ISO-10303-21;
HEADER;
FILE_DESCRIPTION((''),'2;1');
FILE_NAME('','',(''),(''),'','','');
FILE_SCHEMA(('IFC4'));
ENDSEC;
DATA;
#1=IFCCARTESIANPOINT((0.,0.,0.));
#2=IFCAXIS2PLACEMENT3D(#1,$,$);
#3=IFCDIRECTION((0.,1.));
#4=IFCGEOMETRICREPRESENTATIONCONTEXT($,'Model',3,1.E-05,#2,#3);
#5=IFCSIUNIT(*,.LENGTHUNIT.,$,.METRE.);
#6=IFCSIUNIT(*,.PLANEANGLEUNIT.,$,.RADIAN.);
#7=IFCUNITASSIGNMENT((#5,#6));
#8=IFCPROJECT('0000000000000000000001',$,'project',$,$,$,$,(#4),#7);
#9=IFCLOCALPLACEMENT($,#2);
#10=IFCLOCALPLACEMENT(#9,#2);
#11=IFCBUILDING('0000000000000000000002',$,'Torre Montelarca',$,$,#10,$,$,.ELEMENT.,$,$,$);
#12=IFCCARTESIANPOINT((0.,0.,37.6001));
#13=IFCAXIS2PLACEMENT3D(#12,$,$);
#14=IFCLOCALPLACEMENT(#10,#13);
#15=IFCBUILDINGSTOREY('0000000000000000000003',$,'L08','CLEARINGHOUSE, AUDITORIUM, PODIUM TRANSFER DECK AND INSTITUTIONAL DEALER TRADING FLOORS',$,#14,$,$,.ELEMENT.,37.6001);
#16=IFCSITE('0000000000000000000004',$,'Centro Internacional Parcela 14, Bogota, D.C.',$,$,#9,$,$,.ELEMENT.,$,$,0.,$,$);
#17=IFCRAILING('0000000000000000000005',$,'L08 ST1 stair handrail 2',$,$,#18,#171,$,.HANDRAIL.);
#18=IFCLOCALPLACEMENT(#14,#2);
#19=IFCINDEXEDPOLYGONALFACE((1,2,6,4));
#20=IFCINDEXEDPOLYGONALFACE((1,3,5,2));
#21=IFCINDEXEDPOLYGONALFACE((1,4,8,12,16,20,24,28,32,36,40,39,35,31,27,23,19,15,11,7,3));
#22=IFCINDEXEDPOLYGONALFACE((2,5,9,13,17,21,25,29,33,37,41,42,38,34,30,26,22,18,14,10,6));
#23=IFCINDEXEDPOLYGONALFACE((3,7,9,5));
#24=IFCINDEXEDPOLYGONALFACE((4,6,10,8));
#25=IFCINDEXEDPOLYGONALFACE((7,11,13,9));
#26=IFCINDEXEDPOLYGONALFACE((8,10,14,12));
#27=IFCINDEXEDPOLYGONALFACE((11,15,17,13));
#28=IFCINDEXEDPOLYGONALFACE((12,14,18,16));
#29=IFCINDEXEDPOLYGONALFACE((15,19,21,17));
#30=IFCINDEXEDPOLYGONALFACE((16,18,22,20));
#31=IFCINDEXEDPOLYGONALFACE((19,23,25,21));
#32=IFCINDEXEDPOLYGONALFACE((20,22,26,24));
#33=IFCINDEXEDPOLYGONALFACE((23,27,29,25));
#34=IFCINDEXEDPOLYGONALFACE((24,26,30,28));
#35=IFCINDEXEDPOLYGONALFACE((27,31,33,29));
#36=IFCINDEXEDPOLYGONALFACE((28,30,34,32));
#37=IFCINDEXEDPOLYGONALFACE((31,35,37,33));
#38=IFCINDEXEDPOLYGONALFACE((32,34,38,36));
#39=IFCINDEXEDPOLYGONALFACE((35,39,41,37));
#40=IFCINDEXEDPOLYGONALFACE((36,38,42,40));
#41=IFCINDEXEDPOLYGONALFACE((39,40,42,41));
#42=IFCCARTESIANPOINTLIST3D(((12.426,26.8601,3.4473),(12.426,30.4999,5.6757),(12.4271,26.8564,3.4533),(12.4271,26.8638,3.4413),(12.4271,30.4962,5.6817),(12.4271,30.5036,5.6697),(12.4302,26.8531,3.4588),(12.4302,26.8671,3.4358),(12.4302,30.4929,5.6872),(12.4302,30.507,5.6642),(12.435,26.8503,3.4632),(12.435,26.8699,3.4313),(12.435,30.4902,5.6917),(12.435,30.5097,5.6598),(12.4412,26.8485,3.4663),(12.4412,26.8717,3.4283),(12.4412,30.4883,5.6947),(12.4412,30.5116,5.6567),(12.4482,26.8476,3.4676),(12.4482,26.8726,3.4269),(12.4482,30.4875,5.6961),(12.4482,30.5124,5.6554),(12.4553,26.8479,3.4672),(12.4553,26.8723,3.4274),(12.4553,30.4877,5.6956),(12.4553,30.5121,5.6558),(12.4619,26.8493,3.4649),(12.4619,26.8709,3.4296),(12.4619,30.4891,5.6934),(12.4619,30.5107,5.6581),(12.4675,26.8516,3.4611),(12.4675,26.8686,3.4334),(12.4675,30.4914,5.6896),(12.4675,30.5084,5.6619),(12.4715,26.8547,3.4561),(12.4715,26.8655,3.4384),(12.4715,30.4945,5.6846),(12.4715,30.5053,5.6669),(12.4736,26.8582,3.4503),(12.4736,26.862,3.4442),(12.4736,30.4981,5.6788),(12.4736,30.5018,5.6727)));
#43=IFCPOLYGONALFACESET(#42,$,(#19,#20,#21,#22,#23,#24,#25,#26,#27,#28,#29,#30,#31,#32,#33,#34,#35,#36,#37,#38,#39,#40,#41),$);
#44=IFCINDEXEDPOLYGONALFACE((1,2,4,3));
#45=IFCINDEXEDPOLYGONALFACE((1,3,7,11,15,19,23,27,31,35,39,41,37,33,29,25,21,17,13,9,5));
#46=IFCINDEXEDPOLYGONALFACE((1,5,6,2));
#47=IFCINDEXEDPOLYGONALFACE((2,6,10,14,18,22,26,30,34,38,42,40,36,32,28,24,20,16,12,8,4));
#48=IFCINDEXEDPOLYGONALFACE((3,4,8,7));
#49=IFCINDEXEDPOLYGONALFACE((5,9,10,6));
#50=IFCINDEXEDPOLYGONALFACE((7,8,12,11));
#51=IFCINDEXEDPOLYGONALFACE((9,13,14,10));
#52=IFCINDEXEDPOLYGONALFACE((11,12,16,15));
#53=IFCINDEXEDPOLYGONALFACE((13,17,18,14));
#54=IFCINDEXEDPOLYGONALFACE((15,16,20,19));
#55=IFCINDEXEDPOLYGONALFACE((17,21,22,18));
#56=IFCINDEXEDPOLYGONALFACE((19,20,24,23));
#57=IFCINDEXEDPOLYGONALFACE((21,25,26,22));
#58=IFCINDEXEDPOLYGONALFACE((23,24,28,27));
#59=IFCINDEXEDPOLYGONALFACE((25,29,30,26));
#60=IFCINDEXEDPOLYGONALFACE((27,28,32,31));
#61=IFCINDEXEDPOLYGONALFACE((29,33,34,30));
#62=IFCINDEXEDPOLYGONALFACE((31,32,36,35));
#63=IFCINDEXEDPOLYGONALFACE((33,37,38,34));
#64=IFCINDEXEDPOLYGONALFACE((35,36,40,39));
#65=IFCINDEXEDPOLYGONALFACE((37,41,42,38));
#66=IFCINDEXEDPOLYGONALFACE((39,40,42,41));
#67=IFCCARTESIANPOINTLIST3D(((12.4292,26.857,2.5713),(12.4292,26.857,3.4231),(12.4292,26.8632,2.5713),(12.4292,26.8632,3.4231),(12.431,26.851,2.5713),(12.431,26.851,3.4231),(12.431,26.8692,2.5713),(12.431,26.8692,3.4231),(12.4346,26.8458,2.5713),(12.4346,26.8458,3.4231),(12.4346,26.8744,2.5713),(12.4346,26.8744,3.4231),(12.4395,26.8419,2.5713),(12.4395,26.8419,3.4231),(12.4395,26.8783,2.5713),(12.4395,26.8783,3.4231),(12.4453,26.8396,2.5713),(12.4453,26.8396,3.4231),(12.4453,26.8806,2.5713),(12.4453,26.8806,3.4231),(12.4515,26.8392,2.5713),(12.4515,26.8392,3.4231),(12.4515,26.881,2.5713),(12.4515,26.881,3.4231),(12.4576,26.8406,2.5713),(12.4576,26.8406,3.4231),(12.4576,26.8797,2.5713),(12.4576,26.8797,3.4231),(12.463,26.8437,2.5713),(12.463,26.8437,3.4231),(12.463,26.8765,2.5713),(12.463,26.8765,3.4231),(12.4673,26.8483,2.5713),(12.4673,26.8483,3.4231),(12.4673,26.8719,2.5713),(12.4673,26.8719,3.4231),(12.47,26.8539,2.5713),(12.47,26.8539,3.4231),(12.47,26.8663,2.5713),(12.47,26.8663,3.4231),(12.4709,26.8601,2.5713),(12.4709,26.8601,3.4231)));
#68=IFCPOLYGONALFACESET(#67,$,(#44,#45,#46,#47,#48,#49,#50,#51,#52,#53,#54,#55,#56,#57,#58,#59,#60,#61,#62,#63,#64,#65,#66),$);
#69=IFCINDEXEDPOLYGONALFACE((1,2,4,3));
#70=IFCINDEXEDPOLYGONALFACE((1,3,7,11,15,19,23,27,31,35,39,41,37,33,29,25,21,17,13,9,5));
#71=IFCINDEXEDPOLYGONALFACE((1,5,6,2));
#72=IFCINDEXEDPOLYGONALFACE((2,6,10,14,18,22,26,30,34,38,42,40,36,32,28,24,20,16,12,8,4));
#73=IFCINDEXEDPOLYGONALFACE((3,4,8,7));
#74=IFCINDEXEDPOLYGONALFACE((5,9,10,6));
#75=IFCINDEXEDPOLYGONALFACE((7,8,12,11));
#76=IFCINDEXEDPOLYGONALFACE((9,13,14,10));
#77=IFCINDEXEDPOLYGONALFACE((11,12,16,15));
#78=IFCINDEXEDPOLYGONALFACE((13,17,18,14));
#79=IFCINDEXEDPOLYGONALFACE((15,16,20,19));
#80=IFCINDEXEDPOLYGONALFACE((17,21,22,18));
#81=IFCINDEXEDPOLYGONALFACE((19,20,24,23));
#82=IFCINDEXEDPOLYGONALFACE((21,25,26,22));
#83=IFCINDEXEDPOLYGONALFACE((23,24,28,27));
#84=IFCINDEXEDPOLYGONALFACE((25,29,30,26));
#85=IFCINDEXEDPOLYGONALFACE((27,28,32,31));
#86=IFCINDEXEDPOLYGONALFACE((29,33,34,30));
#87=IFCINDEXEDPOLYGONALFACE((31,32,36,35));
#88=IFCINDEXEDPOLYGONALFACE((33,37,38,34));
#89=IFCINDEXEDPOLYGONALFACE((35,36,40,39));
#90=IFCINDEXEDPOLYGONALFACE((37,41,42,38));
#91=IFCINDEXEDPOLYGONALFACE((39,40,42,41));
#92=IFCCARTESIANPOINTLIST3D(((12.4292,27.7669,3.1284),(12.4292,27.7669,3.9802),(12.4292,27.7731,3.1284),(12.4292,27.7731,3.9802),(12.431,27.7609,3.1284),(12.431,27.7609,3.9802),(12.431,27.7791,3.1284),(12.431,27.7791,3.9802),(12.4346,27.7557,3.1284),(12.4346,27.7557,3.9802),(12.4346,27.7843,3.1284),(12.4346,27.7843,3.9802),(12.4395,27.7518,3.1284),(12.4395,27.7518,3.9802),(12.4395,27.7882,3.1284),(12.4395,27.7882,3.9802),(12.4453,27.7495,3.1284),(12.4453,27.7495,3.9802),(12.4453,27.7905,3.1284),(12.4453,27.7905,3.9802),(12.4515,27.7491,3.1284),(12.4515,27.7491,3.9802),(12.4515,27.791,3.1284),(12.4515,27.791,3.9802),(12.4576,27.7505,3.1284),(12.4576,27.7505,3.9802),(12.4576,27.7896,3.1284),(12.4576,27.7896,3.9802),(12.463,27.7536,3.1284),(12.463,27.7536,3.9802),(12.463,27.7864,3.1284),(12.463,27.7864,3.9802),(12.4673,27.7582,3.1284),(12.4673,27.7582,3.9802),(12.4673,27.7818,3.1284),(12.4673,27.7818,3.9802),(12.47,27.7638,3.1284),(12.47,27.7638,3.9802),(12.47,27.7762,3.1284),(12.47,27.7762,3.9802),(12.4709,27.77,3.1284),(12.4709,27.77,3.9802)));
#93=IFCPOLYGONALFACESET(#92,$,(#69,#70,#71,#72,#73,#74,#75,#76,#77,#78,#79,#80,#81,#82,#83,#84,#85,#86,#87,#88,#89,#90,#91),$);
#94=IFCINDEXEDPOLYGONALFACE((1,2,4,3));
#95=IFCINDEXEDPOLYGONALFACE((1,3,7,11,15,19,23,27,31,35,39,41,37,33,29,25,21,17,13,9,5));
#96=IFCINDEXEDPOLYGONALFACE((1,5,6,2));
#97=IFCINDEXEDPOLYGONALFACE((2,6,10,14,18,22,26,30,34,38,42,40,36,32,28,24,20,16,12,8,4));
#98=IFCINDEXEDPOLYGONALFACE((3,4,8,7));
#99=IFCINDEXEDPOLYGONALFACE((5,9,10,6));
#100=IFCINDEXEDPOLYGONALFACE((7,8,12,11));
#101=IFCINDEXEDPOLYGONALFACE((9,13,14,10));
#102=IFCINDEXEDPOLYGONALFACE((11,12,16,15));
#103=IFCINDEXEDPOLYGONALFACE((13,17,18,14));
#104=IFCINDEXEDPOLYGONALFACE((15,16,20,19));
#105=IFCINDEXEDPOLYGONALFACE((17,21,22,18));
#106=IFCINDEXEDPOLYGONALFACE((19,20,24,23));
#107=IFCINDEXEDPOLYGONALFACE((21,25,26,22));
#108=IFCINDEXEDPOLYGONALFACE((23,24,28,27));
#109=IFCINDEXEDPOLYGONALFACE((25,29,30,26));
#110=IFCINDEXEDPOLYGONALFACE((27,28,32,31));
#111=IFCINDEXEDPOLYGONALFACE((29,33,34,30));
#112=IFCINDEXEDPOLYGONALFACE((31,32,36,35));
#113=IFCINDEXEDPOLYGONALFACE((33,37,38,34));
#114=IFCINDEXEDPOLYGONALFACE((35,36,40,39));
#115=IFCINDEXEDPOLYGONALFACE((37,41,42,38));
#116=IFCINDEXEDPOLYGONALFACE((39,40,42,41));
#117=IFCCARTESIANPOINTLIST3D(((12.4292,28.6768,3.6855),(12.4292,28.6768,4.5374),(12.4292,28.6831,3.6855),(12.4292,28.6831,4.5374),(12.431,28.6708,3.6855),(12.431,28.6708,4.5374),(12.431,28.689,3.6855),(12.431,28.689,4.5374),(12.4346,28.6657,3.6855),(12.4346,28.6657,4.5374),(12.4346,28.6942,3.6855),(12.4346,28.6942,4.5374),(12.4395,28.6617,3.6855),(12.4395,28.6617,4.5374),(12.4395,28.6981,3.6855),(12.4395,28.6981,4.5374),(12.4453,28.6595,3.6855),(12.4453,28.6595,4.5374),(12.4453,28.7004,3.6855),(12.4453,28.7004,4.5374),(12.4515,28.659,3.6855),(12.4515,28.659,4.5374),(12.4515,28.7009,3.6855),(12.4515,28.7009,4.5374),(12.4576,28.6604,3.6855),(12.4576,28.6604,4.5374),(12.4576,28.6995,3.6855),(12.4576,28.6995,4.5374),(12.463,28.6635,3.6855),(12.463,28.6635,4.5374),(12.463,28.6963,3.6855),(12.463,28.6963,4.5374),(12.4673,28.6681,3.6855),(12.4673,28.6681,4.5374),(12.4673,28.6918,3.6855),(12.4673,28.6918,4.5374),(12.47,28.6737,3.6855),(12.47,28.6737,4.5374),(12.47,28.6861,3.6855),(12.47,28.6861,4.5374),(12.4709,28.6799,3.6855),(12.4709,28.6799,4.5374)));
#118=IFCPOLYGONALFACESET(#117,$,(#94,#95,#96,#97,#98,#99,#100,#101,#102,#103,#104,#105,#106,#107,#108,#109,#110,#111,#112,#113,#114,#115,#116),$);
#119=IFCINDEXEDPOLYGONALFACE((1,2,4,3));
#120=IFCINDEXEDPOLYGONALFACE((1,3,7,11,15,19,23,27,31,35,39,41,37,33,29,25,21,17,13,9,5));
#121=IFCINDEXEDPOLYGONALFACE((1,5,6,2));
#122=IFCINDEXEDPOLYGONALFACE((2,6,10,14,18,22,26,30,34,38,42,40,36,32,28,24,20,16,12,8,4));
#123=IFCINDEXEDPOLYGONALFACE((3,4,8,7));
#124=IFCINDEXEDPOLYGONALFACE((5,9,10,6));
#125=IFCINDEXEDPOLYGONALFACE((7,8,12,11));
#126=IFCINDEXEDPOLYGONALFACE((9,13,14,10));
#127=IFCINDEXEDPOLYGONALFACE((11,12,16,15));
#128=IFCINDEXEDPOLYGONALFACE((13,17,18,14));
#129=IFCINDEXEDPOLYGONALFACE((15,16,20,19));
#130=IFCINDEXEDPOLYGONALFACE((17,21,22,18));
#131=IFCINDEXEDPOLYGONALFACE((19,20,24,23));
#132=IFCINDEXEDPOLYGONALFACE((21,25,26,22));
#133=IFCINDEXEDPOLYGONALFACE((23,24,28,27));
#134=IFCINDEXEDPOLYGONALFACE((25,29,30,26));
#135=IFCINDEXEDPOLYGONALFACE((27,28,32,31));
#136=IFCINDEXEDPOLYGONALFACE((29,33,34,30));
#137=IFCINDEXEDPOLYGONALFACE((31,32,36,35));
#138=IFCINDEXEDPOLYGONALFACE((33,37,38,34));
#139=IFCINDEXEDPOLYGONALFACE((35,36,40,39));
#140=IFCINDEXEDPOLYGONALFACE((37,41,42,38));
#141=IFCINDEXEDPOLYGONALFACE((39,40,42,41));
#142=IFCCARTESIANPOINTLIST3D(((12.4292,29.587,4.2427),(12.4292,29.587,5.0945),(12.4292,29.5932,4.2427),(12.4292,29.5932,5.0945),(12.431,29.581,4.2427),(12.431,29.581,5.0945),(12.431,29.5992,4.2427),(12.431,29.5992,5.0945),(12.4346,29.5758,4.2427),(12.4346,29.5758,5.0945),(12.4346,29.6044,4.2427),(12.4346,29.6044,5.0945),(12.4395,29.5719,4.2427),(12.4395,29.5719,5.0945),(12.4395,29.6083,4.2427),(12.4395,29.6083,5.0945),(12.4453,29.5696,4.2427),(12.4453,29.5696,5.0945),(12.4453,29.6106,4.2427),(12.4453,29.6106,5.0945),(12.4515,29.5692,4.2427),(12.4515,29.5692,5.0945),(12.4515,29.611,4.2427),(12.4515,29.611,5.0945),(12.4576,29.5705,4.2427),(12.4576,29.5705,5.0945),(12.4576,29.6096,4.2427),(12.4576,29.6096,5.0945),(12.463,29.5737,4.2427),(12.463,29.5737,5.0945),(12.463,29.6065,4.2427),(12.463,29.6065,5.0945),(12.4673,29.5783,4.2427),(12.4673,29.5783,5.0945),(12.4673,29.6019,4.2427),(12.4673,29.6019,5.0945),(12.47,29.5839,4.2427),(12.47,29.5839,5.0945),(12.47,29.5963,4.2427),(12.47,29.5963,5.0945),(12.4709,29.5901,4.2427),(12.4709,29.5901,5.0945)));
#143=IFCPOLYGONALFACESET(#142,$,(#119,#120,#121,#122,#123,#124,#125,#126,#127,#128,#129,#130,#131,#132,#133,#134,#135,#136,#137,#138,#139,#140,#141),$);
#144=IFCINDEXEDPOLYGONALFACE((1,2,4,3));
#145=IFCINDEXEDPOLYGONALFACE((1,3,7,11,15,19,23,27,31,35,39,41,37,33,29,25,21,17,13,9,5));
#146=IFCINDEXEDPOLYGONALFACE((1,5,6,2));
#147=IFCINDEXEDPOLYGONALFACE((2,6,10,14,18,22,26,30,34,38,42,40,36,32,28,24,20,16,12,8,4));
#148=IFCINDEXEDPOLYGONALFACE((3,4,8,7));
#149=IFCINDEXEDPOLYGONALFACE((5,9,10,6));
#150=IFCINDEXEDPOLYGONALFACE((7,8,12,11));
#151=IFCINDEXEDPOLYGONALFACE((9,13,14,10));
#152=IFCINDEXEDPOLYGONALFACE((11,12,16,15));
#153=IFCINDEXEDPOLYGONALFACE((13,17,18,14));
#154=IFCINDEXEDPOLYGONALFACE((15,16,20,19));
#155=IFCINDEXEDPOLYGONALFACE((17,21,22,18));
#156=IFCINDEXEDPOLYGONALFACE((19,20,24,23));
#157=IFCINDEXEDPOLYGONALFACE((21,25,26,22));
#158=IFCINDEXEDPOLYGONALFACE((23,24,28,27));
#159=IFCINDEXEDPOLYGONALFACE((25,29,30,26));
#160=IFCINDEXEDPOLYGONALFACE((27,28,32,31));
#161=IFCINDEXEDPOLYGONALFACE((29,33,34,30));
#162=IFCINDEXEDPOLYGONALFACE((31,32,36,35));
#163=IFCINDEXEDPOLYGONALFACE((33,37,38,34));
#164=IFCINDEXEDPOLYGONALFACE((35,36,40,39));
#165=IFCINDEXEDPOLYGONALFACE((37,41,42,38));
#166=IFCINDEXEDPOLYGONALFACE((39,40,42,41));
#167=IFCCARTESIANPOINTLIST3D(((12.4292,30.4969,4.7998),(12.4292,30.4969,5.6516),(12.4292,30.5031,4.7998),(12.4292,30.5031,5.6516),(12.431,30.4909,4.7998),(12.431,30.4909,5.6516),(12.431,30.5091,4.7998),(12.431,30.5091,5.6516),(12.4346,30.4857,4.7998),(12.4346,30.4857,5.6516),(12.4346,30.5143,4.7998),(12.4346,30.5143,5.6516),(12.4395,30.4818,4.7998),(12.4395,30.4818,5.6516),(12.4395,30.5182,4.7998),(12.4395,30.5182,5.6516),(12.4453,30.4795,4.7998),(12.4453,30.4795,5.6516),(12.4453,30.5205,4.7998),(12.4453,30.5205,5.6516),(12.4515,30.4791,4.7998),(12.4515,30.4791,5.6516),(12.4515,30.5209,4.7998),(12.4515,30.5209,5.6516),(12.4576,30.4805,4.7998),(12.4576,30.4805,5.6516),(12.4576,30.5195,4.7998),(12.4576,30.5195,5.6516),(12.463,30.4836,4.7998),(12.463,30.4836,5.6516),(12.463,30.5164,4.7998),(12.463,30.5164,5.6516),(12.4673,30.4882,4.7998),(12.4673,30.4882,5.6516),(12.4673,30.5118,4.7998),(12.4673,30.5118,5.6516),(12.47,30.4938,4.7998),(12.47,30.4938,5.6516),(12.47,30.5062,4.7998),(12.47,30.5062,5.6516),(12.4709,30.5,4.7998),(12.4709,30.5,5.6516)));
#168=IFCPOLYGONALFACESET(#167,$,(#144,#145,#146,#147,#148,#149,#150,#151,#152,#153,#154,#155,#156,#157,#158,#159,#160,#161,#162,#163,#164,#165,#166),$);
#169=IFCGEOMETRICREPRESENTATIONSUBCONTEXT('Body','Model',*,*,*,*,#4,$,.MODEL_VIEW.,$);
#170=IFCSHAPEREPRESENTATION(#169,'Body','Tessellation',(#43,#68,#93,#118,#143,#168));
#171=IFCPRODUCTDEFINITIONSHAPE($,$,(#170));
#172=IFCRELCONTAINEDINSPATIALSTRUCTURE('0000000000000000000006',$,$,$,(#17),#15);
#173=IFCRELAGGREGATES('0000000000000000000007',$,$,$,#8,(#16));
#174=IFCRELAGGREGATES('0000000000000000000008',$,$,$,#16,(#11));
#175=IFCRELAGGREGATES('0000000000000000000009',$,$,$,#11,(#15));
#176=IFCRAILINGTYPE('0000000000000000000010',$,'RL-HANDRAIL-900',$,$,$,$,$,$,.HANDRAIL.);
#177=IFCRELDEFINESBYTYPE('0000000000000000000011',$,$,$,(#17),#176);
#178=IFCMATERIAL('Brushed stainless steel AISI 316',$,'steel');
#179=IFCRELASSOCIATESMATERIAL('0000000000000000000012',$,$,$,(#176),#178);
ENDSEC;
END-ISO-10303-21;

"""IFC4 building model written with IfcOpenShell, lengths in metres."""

from ifc_helpers import new_model, si_unit, direction, frame, origin, origin_2d, place, context, subcontext, project, spatial, circle, extrude, material, type_object, element, save


model = new_model("IFC4")

# Units and contexts
model_context = context("Model", 3, precision=1e-05, world=origin(), true_north=direction((0.0, 1.0)))
body_context = subcontext(model_context, "Body", "Model", "MODEL_VIEW")
ifc_project = project(units=[si_unit("LENGTHUNIT", "METRE"), si_unit("PLANEANGLEUNIT", "RADIAN")], contexts=[model_context])

# Site, building, storey
site_placement = place(None, origin())
site = spatial("IfcSite", under=ifc_project, at=site_placement, Name="Centro Internacional Parcela 14, Bogota, D.C.", CompositionType="ELEMENT", RefElevation=0.0)
building_placement = place(site_placement, origin())
building = spatial("IfcBuilding", under=site, at=building_placement, Name="Torre Montelarca", CompositionType="ELEMENT")
storey_placement = place(building_placement, frame((0.0, 0.0, 37.6001)))
storey = spatial("IfcBuildingStorey", under=building, at=storey_placement, Name="L08", Description="CLEARINGHOUSE, AUDITORIUM, PODIUM TRANSFER DECK AND INSTITUTIONAL DEALER TRADING FLOORS", CompositionType="ELEMENT", Elevation=37.6001)

# Shared definitions
ifc_material_1 = material(Name="Brushed stainless steel AISI 316", Category="steel")

# Railing
railing_type_1 = type_object("IfcRailingType", Name="RL-HANDRAIL-900", PredefinedType="HANDRAIL", material=ifc_material_1)
railing_1_placement = place(storey_placement, frame((12.45, 26.8601, 2.5713)))
element("IfcRailing", 1, at=railing_1_placement, inside=storey, type_object=railing_type_1, Name="L08 ST1 stair handrail 2", PredefinedType="HANDRAIL", context=body_context, shape_type="SweptSolid", body=[
    extrude(circle(Radius=0.0239, at=origin_2d()), frame((0.0, 0.0, 0.876), z_axis=(0.0, 0.85285, 0.522156), x_axis=(-1.0, 0.0, 0.0)), (0.0, 0.0, 1.0), 4.2678),
    extrude(circle(Radius=0.021, at=origin_2d()), origin(), (0.0, 0.0, 1.0), 0.8518),
    extrude(circle(Radius=0.021, at=origin_2d()), frame((0.0, 0.9099, 0.5571)), (0.0, 0.0, 1.0), 0.8518),
    extrude(circle(Radius=0.021, at=origin_2d()), frame((0.0, 1.8198, 1.1143)), (0.0, 0.0, 1.0), 0.8518),
    extrude(circle(Radius=0.021, at=origin_2d()), frame((0.0, 2.73, 1.6714)), (0.0, 0.0, 1.0), 0.8518),
    extrude(circle(Radius=0.021, at=origin_2d()), frame((0.0, 3.6399, 2.2285)), (0.0, 0.0, 1.0), 0.8518),
])

save(model, "model.ifc")
